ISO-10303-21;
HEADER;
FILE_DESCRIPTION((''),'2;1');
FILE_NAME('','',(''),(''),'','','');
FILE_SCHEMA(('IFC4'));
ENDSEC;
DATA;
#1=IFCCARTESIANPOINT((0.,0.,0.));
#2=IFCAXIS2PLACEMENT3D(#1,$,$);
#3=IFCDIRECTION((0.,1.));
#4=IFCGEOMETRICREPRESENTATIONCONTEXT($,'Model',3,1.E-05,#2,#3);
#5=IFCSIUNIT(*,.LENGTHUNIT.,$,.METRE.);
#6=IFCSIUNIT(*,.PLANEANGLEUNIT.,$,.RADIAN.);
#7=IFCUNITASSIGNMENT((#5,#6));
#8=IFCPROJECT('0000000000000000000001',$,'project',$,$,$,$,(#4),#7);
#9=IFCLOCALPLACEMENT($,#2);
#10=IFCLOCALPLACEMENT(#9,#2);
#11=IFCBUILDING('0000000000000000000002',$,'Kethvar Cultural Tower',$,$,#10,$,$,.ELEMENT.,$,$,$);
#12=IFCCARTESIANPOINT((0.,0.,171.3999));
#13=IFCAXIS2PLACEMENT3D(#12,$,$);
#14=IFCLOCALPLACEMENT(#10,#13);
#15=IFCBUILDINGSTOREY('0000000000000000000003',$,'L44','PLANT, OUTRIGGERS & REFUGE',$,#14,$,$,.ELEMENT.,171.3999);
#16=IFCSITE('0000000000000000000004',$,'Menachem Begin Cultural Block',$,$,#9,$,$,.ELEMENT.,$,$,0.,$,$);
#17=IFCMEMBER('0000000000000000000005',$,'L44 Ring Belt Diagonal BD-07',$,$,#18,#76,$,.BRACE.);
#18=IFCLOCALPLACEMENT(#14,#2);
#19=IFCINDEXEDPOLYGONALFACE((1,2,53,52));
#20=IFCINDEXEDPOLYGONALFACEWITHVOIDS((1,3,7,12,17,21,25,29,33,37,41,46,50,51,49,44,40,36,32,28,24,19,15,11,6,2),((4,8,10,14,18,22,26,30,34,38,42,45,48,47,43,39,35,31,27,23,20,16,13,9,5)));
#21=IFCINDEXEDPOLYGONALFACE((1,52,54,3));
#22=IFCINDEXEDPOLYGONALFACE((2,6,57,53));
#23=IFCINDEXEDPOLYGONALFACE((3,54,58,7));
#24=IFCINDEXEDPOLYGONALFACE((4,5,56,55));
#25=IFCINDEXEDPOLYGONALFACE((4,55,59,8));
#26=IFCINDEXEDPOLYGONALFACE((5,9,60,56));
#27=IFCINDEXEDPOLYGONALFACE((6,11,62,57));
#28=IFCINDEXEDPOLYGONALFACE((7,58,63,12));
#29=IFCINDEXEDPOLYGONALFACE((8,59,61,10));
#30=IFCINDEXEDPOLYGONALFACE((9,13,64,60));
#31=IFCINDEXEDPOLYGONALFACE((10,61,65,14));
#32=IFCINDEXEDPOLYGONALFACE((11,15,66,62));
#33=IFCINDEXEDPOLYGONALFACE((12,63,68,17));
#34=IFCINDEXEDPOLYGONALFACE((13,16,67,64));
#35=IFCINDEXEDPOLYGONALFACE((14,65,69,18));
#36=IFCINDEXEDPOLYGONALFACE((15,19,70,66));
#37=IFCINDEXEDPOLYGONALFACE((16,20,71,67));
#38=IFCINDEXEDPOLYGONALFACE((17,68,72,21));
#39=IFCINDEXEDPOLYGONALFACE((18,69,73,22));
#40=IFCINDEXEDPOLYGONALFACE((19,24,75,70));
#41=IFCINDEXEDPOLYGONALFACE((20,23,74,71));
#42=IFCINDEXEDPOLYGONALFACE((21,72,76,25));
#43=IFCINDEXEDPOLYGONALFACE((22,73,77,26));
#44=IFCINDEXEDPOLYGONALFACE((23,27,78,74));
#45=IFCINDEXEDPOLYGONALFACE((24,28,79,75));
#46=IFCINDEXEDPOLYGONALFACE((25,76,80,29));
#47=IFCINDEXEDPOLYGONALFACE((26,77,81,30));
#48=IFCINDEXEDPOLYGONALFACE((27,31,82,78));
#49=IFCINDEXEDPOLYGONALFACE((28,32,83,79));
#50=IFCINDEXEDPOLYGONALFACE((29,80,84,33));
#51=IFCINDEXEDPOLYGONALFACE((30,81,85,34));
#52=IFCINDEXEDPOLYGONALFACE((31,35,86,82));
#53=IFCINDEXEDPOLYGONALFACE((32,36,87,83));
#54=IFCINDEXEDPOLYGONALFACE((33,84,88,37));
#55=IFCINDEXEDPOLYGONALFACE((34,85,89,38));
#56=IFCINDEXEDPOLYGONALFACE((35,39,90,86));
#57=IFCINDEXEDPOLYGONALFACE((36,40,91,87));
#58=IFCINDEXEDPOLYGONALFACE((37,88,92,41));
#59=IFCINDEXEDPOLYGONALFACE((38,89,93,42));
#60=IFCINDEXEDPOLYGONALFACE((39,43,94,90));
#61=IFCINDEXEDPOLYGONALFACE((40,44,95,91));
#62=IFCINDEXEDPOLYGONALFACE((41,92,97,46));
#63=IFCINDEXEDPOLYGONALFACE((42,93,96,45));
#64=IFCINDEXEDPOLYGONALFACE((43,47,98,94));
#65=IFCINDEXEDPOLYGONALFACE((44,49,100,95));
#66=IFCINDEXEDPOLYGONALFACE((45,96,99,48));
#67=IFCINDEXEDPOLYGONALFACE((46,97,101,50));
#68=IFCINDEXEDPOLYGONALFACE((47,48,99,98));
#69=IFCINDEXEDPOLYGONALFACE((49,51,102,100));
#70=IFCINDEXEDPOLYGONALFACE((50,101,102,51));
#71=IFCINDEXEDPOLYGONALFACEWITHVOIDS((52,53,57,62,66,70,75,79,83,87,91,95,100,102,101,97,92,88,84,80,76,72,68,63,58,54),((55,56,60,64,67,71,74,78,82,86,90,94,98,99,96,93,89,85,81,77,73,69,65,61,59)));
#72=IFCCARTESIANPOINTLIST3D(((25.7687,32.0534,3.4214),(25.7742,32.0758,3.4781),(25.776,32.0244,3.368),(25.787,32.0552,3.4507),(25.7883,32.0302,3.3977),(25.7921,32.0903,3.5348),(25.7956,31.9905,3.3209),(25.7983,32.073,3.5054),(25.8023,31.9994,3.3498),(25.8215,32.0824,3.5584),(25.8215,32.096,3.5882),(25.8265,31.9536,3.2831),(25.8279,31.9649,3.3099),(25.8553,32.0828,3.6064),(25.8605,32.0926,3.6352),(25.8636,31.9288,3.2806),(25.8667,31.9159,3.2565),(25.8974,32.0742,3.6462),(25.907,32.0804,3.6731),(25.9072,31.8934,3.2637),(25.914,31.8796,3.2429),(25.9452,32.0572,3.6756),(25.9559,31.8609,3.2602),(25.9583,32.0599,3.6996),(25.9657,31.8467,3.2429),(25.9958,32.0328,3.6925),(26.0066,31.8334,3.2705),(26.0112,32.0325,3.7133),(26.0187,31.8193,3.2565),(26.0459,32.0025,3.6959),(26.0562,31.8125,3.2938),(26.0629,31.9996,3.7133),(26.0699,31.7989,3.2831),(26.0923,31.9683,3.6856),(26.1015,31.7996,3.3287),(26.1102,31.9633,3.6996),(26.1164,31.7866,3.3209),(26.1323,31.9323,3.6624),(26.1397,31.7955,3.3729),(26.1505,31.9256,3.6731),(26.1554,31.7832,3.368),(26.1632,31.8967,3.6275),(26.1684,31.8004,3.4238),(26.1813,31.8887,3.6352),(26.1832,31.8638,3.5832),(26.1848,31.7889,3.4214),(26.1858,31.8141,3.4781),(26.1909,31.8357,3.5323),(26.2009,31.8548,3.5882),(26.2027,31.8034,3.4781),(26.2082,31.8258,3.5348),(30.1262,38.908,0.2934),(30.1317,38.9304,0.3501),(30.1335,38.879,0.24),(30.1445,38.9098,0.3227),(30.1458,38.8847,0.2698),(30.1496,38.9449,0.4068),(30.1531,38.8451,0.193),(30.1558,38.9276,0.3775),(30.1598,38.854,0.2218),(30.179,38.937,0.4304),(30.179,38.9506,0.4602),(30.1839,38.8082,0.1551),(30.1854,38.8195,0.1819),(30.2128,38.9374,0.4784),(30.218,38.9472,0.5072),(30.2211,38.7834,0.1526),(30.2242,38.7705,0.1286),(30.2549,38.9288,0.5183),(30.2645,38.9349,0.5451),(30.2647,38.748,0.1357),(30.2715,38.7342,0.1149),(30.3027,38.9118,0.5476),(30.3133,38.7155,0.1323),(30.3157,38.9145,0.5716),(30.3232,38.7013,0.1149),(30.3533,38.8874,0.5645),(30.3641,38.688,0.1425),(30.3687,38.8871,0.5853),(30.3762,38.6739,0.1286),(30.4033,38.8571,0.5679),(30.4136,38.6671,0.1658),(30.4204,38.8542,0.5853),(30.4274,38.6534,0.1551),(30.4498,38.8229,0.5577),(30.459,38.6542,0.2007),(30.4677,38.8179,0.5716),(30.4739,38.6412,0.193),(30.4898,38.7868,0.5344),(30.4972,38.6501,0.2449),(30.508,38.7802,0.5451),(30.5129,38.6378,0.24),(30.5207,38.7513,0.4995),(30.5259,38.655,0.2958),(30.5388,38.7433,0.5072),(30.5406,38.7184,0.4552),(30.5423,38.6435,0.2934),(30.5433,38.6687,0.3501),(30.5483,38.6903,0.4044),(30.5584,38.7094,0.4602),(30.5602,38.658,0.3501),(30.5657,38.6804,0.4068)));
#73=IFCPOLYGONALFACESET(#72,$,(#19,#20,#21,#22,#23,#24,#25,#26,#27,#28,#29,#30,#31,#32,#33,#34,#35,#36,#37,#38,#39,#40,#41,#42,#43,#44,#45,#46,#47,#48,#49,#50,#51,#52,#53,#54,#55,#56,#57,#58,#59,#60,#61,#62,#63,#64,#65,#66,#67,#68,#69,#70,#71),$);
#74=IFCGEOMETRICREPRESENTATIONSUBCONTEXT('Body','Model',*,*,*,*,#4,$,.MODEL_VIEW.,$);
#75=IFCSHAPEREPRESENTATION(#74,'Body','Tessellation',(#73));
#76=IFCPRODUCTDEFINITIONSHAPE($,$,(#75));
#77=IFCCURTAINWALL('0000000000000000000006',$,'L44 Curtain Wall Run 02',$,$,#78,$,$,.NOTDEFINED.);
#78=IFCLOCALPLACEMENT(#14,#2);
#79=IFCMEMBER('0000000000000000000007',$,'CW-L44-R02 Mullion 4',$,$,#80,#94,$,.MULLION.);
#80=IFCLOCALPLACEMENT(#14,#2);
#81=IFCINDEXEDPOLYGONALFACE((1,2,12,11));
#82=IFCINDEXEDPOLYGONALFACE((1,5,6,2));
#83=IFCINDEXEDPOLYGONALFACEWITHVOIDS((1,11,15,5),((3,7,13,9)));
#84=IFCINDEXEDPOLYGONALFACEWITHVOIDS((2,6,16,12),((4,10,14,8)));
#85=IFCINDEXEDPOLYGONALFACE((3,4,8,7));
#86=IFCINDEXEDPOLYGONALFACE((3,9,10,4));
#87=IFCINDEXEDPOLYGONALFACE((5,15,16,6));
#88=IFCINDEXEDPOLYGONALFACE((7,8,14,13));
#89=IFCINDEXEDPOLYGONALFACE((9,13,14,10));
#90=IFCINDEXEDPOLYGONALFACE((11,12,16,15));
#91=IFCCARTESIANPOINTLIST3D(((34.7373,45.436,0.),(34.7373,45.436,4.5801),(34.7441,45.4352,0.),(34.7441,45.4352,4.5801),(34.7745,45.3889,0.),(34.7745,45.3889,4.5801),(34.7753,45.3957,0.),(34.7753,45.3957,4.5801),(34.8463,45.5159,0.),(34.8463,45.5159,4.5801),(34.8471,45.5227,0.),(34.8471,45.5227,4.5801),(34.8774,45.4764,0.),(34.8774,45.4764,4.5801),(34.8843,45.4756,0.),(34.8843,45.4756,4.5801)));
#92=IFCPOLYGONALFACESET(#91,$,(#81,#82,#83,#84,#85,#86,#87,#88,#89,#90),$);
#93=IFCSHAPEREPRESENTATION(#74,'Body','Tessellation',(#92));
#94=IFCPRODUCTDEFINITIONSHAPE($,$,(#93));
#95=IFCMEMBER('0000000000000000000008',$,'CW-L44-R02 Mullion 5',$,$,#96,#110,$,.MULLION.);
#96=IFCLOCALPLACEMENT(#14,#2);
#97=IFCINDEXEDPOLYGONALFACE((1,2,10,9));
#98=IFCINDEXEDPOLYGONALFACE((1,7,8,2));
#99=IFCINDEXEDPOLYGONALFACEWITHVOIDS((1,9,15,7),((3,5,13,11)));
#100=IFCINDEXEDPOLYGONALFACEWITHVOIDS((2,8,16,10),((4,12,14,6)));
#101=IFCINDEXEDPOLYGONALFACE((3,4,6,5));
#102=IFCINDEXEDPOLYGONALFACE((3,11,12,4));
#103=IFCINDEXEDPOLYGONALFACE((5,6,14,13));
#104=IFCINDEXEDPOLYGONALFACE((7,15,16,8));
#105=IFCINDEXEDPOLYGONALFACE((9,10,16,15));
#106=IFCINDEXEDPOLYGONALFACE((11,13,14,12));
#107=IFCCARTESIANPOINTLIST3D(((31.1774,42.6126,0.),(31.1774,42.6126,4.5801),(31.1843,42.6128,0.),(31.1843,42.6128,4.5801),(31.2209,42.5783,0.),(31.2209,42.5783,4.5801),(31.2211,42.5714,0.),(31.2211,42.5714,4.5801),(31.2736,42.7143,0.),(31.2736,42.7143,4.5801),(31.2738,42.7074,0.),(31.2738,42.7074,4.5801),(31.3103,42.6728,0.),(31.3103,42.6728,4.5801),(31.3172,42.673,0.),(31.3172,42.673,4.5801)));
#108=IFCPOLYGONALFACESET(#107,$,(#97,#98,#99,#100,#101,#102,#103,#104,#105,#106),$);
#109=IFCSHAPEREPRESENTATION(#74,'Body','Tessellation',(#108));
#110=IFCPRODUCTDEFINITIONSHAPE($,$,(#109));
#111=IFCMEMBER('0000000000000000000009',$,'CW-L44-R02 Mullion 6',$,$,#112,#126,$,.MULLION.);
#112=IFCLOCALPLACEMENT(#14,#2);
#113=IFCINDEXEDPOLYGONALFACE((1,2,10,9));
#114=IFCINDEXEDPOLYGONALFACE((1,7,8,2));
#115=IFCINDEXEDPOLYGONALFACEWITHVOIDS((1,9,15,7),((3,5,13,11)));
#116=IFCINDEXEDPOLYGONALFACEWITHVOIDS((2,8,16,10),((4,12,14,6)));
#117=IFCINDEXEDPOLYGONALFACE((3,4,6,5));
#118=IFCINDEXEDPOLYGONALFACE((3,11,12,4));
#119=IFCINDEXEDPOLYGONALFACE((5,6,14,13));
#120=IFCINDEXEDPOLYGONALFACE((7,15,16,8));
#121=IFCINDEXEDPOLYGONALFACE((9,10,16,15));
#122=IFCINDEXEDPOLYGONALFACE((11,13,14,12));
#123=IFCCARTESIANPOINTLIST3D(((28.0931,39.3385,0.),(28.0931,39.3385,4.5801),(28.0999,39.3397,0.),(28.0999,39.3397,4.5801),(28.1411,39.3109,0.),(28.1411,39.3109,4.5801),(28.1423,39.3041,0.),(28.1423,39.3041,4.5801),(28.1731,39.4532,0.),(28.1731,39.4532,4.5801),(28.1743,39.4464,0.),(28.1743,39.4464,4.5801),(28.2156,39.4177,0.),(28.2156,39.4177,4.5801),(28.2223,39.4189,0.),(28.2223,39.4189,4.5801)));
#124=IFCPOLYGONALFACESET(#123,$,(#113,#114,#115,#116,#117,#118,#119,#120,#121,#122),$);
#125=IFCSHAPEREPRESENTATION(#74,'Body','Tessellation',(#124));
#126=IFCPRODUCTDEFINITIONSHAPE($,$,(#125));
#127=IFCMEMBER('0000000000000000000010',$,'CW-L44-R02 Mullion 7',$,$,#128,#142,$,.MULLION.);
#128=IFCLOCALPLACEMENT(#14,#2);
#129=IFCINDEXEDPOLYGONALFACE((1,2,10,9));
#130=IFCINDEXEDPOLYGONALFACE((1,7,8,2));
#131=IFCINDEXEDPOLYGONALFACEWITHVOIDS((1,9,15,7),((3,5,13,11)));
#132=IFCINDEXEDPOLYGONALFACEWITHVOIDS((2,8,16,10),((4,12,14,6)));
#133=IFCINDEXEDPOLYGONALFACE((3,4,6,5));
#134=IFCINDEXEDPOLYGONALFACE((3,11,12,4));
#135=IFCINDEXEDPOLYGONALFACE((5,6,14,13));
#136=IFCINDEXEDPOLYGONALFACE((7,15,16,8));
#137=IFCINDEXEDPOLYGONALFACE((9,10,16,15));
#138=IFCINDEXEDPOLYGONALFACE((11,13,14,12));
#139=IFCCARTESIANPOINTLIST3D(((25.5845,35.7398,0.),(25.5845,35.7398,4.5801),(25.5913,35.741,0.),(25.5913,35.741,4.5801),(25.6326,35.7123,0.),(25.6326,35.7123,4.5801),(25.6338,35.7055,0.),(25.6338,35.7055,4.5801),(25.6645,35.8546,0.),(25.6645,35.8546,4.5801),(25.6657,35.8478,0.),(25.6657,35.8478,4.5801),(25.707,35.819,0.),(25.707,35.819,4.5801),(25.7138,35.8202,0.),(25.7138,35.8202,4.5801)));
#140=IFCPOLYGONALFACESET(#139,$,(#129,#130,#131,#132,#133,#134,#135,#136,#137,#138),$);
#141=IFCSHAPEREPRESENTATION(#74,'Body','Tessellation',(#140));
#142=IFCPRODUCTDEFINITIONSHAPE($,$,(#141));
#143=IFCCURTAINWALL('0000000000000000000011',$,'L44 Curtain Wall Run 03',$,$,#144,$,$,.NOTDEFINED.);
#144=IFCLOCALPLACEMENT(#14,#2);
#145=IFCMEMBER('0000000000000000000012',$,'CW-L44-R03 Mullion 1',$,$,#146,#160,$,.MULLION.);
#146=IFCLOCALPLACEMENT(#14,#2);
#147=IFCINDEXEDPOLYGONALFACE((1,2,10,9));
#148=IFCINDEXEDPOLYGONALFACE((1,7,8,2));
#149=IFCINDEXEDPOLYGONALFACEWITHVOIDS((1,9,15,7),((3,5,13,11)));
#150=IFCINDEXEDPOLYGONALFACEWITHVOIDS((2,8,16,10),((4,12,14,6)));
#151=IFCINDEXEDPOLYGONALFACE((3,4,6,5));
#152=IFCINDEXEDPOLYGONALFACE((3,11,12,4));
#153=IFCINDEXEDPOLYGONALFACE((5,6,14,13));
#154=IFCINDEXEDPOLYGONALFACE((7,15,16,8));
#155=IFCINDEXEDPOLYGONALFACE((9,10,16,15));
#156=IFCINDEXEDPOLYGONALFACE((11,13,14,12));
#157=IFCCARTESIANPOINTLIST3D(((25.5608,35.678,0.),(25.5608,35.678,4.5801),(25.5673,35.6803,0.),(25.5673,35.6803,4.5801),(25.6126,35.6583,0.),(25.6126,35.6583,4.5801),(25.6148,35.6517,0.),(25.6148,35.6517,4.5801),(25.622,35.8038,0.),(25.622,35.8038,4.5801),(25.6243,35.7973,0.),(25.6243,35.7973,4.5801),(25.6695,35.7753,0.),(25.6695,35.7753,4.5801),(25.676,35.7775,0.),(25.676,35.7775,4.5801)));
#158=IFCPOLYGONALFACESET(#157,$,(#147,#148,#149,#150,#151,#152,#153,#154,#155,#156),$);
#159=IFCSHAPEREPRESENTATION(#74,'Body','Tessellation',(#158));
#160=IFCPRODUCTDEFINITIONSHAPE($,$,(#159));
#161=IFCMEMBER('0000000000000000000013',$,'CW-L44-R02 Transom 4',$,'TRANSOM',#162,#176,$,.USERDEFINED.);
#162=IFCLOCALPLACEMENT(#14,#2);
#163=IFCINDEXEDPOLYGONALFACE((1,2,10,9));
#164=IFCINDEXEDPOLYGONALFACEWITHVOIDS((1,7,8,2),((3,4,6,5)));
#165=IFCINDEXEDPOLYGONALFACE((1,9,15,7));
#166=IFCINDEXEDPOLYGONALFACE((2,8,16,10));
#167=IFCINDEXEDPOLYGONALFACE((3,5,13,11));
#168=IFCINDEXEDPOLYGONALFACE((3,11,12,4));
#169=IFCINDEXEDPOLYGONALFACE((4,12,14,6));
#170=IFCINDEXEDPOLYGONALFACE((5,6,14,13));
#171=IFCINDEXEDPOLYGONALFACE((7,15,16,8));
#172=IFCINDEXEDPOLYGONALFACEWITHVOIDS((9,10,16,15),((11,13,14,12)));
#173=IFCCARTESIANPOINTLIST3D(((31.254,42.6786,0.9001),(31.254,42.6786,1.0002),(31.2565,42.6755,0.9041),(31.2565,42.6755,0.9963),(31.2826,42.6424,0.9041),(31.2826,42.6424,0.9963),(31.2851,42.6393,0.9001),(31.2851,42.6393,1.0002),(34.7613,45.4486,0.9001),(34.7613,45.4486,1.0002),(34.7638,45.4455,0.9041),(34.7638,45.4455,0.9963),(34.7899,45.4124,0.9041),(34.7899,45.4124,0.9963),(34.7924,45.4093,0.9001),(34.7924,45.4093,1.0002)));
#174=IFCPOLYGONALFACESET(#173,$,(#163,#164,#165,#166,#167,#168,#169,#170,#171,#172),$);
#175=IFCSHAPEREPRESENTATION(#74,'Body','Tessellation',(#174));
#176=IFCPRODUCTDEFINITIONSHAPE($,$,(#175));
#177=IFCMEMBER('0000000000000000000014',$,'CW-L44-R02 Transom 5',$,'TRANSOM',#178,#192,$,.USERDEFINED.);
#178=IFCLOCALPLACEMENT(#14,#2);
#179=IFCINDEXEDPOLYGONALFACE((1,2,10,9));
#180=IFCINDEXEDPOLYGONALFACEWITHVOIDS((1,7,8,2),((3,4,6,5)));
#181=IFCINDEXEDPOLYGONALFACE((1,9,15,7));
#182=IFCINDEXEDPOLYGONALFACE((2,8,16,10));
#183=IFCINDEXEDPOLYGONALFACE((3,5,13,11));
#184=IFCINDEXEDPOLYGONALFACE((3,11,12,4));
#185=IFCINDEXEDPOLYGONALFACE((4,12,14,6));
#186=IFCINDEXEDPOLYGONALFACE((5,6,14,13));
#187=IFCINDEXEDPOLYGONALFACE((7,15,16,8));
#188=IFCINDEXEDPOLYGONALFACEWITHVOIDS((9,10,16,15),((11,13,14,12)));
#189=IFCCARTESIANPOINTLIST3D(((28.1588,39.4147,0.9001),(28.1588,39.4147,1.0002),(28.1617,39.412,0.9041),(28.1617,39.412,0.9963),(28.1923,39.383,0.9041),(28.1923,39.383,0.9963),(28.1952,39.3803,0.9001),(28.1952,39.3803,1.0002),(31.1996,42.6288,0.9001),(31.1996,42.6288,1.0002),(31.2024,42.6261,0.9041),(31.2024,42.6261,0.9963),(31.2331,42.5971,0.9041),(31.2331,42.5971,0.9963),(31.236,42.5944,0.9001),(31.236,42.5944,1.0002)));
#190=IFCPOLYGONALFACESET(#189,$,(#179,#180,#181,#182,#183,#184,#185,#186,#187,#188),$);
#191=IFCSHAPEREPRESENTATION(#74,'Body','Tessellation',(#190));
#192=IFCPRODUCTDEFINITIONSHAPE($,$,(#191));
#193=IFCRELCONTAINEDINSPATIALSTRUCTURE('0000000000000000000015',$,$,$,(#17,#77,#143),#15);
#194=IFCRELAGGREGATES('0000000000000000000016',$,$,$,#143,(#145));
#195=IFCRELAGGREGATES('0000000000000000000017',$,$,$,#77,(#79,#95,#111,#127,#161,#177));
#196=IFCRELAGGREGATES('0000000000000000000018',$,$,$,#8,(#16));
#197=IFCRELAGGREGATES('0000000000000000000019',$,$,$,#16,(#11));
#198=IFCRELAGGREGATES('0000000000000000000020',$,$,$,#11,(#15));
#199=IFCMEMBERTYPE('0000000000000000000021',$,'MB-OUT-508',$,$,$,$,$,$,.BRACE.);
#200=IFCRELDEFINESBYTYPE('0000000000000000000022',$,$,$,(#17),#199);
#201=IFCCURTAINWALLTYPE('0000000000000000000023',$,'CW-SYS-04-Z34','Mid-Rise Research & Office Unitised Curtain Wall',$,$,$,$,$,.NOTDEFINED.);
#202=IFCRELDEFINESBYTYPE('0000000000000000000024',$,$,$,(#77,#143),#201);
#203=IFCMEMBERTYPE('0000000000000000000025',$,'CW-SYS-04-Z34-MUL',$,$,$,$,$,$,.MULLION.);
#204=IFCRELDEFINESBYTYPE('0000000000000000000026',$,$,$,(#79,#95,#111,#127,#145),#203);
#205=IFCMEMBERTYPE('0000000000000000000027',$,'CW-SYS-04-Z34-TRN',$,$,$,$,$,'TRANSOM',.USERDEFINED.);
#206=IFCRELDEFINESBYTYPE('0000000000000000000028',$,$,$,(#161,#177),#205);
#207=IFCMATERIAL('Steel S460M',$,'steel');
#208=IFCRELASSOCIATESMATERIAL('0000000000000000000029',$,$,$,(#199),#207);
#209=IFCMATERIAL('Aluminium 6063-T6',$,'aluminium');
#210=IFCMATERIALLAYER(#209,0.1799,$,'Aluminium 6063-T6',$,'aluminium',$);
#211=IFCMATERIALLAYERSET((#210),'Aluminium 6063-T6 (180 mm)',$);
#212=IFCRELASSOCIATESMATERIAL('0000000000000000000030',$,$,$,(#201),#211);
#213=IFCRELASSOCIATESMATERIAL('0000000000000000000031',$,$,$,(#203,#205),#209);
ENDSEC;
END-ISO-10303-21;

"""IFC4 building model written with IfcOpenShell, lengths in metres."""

from ifc_helpers import new_model, si_unit, direction, frame, origin, origin_2d, place, context, subcontext, project, spatial, hollow_rectangle, hollow_circle, extrude, source, transform, mapped, material, layer, layer_set, material_profile, profile_set, type_object, element, aggregate, save


model = new_model("IFC4")

# Units and contexts
model_context = context("Model", 3, precision=1e-05, world=origin(), true_north=direction((0.0, 1.0)))
body_context = subcontext(model_context, "Body", "Model", "MODEL_VIEW")
ifc_project = project(units=[si_unit("LENGTHUNIT", "METRE"), si_unit("PLANEANGLEUNIT", "RADIAN")], contexts=[model_context])

# Site, building, storey
site_placement = place(None, origin())
site = spatial("IfcSite", under=ifc_project, at=site_placement, Name="Menachem Begin Cultural Block", CompositionType="ELEMENT", RefElevation=0.0)
building_placement = place(site_placement, origin())
building = spatial("IfcBuilding", under=site, at=building_placement, Name="Kethvar Cultural Tower", CompositionType="ELEMENT")
storey_placement = place(building_placement, frame((0.0, 0.0, 171.3999)))
storey = spatial("IfcBuildingStorey", under=building, at=storey_placement, Name="L44", Description="PLANT, OUTRIGGERS & REFUGE", CompositionType="ELEMENT", Elevation=171.3999)

# Shared definitions
ifc_material_1 = material(Name="Steel S460M", Category="steel")

# Member
ifc_material_profile_1 = material_profile(ifc_material_1, hollow_circle(Radius=0.2539, WallThickness=0.02, at=origin_2d()), Name="Steel S460M — CHS508x20")
ifc_profile_set_1 = profile_set([ifc_material_profile_1], Name="Steel S460M — CHS508x20")
member_type_1 = type_object("IfcMemberType", Name="MB-OUT-508", PredefinedType="BRACE", material=ifc_profile_set_1)
shared_shape_1 = source(origin(), body_context, "Body", "SweptSolid", [
    extrude(hollow_circle(Radius=0.2539, WallThickness=0.02, at=origin_2d()), origin(), (0.0, 0.0, 1.0), 8.7039),
])
member_1_placement = place(storey_placement, frame((30.3459, 38.7942, 0.3501), z_axis=(-0.500638, -0.787534, 0.359378), x_axis=(0.843914, -0.536479, 0.0)))
element("IfcMember", 1, at=member_1_placement, inside=storey, type_object=member_type_1, Name="L44 Ring Belt Diagonal BD-07", PredefinedType="BRACE", context=body_context, shape_type="MappedRepresentation", body=[
    mapped(shared_shape_1, transform((0.0, 0.0, 0.0), scale=1.0)),
])

# Curtain wall, members
ifc_material_2 = material(Name="Aluminium 6063-T6", Category="aluminium")
ifc_layer_1 = layer(ifc_material_2, 0.1799, Name="Aluminium 6063-T6", Category="aluminium")
ifc_layer_set_1 = layer_set([ifc_layer_1], Name="Aluminium 6063-T6 (180 mm)")
curtain_wall_type = type_object("IfcCurtainWallType", Name="CW-SYS-04-Z34", Description="Mid-Rise Research & Office Unitised Curtain Wall", PredefinedType="NOTDEFINED", material=ifc_layer_set_1)
curtain_wall_1_placement = place(storey_placement, origin())
curtain_wall_1 = element("IfcCurtainWall", 2, at=curtain_wall_1_placement, inside=storey, type_object=curtain_wall_type, Name="L44 Curtain Wall Run 02", PredefinedType="NOTDEFINED")
ifc_material_profile_2 = material_profile(ifc_material_2, hollow_rectangle(XDim=0.0601, YDim=0.1399, WallThickness=0.0049, at=origin_2d()), Name="Aluminium 6063-T6 — RHS140x60x5")
ifc_profile_set_2 = profile_set([ifc_material_profile_2], Name="Aluminium 6063-T6 — RHS140x60x5")
member_type_2 = type_object("IfcMemberType", Name="CW-SYS-04-Z34-MUL", PredefinedType="MULLION", material=ifc_profile_set_2)
shared_shape_2 = source(origin(), body_context, "Body", "SweptSolid", [
    extrude(hollow_rectangle(XDim=0.0601, YDim=0.1399, WallThickness=0.0049, at=origin_2d()), origin(), (0.0, 0.0, 1.0), 4.5801),
])
member_2_placement = place(storey_placement, frame((34.8108, 45.4558, 0.0), z_axis=(0.0, 0.0, 1.0), x_axis=(0.619806, -0.784755, 0.0)))
member_2 = element("IfcMember", 3, at=member_2_placement, type_object=member_type_2, Name="CW-L44-R02 Mullion 4", PredefinedType="MULLION", context=body_context, shape_type="MappedRepresentation", body=[
    mapped(shared_shape_2, transform((0.0, 0.0, 0.0), scale=1.0)),
])
member_3_placement = place(storey_placement, frame((31.2473, 42.6428, 0.0), z_axis=(0.0, 0.0, 1.0), x_axis=(0.726443, -0.687227, 0.0)))
member_3 = element("IfcMember", 4, at=member_3_placement, type_object=member_type_2, Name="CW-L44-R02 Mullion 5", PredefinedType="MULLION", context=body_context, shape_type="MappedRepresentation", body=[
    mapped(shared_shape_2, transform((0.0, 0.0, 0.0), scale=1.0)),
])
member_4_placement = place(storey_placement, frame((28.1577, 39.3787, 0.0), z_axis=(0.0, 0.0, 1.0), x_axis=(0.820352, -0.57186, 0.0)))
member_4 = element("IfcMember", 5, at=member_4_placement, type_object=member_type_2, Name="CW-L44-R02 Mullion 6", PredefinedType="MULLION", context=body_context, shape_type="MappedRepresentation", body=[
    mapped(shared_shape_2, transform((0.0, 0.0, 0.0), scale=1.0)),
])
member_5_placement = place(storey_placement, frame((25.6492, 35.78, 0.0), z_axis=(0.0, 0.0, 1.0), x_axis=(0.820352, -0.57186, 0.0)))
member_5 = element("IfcMember", 6, at=member_5_placement, type_object=member_type_2, Name="CW-L44-R02 Mullion 7", PredefinedType="MULLION", context=body_context, shape_type="MappedRepresentation", body=[
    mapped(shared_shape_2, transform((0.0, 0.0, 0.0), scale=1.0)),
])

# Curtain wall, member
curtain_wall_2_placement = place(storey_placement, origin())
curtain_wall_2 = element("IfcCurtainWall", 7, at=curtain_wall_2_placement, inside=storey, type_object=curtain_wall_type, Name="L44 Curtain Wall Run 03", PredefinedType="NOTDEFINED")
member_6_placement = place(storey_placement, frame((25.6184, 35.7278, 0.0), z_axis=(0.0, 0.0, 1.0), x_axis=(0.899222, -0.437492, 0.0)))
member_6 = element("IfcMember", 8, at=member_6_placement, type_object=member_type_2, Name="CW-L44-R03 Mullion 1", PredefinedType="MULLION", context=body_context, shape_type="MappedRepresentation", body=[
    mapped(shared_shape_2, transform((0.0, 0.0, 0.0), scale=1.0)),
])

# Members
ifc_material_profile_3 = material_profile(ifc_material_2, hollow_rectangle(XDim=0.05, YDim=0.1001, WallThickness=0.0039, at=origin_2d()), Name="Aluminium 6063-T6 — RHS100x50x4")
ifc_profile_set_3 = profile_set([ifc_material_profile_3], Name="Aluminium 6063-T6 — RHS100x50x4")
member_type_3 = type_object("IfcMemberType", Name="CW-SYS-04-Z34-TRN", ElementType="TRANSOM", PredefinedType="USERDEFINED", material=ifc_profile_set_3)
shared_shape_3 = source(origin(), body_context, "Body", "SweptSolid", [
    extrude(hollow_rectangle(XDim=0.05, YDim=0.1001, WallThickness=0.0039, at=origin_2d()), origin(), (0.0, 0.0, 1.0), 4.4692),
])
member_7_placement = place(storey_placement, frame((34.7769, 45.429, 0.9502), z_axis=(-0.784765, -0.619793, 0.0), x_axis=(0.619793, -0.784765, 0.0)))
member_7 = element("IfcMember", 9, at=member_7_placement, type_object=member_type_3, Name="CW-L44-R02 Transom 4", ObjectType="TRANSOM", PredefinedType="USERDEFINED", context=body_context, shape_type="MappedRepresentation", body=[
    mapped(shared_shape_3, transform((0.0, 0.0, 0.0), scale=1.0)),
])
shared_shape_4 = source(origin(), body_context, "Body", "SweptSolid", [
    extrude(hollow_rectangle(XDim=0.05, YDim=0.1001, WallThickness=0.0039, at=origin_2d()), origin(), (0.0, 0.0, 1.0), 4.4246),
])
member_8_placement = place(storey_placement, frame((31.2178, 42.6116, 0.9502), z_axis=(-0.687247, -0.726424, 0.0), x_axis=(0.726424, -0.687247, 0.0)))
member_8 = element("IfcMember", 10, at=member_8_placement, type_object=member_type_3, Name="CW-L44-R02 Transom 5", ObjectType="TRANSOM", PredefinedType="USERDEFINED", context=body_context, shape_type="MappedRepresentation", body=[
    mapped(shared_shape_4, transform((0.0, 0.0, 0.0), scale=1.0)),
])
aggregate(curtain_wall_2, [member_6])

aggregate(curtain_wall_1, [member_2, member_3, member_4, member_5, member_7, member_8])

save(model, "model.ifc")
